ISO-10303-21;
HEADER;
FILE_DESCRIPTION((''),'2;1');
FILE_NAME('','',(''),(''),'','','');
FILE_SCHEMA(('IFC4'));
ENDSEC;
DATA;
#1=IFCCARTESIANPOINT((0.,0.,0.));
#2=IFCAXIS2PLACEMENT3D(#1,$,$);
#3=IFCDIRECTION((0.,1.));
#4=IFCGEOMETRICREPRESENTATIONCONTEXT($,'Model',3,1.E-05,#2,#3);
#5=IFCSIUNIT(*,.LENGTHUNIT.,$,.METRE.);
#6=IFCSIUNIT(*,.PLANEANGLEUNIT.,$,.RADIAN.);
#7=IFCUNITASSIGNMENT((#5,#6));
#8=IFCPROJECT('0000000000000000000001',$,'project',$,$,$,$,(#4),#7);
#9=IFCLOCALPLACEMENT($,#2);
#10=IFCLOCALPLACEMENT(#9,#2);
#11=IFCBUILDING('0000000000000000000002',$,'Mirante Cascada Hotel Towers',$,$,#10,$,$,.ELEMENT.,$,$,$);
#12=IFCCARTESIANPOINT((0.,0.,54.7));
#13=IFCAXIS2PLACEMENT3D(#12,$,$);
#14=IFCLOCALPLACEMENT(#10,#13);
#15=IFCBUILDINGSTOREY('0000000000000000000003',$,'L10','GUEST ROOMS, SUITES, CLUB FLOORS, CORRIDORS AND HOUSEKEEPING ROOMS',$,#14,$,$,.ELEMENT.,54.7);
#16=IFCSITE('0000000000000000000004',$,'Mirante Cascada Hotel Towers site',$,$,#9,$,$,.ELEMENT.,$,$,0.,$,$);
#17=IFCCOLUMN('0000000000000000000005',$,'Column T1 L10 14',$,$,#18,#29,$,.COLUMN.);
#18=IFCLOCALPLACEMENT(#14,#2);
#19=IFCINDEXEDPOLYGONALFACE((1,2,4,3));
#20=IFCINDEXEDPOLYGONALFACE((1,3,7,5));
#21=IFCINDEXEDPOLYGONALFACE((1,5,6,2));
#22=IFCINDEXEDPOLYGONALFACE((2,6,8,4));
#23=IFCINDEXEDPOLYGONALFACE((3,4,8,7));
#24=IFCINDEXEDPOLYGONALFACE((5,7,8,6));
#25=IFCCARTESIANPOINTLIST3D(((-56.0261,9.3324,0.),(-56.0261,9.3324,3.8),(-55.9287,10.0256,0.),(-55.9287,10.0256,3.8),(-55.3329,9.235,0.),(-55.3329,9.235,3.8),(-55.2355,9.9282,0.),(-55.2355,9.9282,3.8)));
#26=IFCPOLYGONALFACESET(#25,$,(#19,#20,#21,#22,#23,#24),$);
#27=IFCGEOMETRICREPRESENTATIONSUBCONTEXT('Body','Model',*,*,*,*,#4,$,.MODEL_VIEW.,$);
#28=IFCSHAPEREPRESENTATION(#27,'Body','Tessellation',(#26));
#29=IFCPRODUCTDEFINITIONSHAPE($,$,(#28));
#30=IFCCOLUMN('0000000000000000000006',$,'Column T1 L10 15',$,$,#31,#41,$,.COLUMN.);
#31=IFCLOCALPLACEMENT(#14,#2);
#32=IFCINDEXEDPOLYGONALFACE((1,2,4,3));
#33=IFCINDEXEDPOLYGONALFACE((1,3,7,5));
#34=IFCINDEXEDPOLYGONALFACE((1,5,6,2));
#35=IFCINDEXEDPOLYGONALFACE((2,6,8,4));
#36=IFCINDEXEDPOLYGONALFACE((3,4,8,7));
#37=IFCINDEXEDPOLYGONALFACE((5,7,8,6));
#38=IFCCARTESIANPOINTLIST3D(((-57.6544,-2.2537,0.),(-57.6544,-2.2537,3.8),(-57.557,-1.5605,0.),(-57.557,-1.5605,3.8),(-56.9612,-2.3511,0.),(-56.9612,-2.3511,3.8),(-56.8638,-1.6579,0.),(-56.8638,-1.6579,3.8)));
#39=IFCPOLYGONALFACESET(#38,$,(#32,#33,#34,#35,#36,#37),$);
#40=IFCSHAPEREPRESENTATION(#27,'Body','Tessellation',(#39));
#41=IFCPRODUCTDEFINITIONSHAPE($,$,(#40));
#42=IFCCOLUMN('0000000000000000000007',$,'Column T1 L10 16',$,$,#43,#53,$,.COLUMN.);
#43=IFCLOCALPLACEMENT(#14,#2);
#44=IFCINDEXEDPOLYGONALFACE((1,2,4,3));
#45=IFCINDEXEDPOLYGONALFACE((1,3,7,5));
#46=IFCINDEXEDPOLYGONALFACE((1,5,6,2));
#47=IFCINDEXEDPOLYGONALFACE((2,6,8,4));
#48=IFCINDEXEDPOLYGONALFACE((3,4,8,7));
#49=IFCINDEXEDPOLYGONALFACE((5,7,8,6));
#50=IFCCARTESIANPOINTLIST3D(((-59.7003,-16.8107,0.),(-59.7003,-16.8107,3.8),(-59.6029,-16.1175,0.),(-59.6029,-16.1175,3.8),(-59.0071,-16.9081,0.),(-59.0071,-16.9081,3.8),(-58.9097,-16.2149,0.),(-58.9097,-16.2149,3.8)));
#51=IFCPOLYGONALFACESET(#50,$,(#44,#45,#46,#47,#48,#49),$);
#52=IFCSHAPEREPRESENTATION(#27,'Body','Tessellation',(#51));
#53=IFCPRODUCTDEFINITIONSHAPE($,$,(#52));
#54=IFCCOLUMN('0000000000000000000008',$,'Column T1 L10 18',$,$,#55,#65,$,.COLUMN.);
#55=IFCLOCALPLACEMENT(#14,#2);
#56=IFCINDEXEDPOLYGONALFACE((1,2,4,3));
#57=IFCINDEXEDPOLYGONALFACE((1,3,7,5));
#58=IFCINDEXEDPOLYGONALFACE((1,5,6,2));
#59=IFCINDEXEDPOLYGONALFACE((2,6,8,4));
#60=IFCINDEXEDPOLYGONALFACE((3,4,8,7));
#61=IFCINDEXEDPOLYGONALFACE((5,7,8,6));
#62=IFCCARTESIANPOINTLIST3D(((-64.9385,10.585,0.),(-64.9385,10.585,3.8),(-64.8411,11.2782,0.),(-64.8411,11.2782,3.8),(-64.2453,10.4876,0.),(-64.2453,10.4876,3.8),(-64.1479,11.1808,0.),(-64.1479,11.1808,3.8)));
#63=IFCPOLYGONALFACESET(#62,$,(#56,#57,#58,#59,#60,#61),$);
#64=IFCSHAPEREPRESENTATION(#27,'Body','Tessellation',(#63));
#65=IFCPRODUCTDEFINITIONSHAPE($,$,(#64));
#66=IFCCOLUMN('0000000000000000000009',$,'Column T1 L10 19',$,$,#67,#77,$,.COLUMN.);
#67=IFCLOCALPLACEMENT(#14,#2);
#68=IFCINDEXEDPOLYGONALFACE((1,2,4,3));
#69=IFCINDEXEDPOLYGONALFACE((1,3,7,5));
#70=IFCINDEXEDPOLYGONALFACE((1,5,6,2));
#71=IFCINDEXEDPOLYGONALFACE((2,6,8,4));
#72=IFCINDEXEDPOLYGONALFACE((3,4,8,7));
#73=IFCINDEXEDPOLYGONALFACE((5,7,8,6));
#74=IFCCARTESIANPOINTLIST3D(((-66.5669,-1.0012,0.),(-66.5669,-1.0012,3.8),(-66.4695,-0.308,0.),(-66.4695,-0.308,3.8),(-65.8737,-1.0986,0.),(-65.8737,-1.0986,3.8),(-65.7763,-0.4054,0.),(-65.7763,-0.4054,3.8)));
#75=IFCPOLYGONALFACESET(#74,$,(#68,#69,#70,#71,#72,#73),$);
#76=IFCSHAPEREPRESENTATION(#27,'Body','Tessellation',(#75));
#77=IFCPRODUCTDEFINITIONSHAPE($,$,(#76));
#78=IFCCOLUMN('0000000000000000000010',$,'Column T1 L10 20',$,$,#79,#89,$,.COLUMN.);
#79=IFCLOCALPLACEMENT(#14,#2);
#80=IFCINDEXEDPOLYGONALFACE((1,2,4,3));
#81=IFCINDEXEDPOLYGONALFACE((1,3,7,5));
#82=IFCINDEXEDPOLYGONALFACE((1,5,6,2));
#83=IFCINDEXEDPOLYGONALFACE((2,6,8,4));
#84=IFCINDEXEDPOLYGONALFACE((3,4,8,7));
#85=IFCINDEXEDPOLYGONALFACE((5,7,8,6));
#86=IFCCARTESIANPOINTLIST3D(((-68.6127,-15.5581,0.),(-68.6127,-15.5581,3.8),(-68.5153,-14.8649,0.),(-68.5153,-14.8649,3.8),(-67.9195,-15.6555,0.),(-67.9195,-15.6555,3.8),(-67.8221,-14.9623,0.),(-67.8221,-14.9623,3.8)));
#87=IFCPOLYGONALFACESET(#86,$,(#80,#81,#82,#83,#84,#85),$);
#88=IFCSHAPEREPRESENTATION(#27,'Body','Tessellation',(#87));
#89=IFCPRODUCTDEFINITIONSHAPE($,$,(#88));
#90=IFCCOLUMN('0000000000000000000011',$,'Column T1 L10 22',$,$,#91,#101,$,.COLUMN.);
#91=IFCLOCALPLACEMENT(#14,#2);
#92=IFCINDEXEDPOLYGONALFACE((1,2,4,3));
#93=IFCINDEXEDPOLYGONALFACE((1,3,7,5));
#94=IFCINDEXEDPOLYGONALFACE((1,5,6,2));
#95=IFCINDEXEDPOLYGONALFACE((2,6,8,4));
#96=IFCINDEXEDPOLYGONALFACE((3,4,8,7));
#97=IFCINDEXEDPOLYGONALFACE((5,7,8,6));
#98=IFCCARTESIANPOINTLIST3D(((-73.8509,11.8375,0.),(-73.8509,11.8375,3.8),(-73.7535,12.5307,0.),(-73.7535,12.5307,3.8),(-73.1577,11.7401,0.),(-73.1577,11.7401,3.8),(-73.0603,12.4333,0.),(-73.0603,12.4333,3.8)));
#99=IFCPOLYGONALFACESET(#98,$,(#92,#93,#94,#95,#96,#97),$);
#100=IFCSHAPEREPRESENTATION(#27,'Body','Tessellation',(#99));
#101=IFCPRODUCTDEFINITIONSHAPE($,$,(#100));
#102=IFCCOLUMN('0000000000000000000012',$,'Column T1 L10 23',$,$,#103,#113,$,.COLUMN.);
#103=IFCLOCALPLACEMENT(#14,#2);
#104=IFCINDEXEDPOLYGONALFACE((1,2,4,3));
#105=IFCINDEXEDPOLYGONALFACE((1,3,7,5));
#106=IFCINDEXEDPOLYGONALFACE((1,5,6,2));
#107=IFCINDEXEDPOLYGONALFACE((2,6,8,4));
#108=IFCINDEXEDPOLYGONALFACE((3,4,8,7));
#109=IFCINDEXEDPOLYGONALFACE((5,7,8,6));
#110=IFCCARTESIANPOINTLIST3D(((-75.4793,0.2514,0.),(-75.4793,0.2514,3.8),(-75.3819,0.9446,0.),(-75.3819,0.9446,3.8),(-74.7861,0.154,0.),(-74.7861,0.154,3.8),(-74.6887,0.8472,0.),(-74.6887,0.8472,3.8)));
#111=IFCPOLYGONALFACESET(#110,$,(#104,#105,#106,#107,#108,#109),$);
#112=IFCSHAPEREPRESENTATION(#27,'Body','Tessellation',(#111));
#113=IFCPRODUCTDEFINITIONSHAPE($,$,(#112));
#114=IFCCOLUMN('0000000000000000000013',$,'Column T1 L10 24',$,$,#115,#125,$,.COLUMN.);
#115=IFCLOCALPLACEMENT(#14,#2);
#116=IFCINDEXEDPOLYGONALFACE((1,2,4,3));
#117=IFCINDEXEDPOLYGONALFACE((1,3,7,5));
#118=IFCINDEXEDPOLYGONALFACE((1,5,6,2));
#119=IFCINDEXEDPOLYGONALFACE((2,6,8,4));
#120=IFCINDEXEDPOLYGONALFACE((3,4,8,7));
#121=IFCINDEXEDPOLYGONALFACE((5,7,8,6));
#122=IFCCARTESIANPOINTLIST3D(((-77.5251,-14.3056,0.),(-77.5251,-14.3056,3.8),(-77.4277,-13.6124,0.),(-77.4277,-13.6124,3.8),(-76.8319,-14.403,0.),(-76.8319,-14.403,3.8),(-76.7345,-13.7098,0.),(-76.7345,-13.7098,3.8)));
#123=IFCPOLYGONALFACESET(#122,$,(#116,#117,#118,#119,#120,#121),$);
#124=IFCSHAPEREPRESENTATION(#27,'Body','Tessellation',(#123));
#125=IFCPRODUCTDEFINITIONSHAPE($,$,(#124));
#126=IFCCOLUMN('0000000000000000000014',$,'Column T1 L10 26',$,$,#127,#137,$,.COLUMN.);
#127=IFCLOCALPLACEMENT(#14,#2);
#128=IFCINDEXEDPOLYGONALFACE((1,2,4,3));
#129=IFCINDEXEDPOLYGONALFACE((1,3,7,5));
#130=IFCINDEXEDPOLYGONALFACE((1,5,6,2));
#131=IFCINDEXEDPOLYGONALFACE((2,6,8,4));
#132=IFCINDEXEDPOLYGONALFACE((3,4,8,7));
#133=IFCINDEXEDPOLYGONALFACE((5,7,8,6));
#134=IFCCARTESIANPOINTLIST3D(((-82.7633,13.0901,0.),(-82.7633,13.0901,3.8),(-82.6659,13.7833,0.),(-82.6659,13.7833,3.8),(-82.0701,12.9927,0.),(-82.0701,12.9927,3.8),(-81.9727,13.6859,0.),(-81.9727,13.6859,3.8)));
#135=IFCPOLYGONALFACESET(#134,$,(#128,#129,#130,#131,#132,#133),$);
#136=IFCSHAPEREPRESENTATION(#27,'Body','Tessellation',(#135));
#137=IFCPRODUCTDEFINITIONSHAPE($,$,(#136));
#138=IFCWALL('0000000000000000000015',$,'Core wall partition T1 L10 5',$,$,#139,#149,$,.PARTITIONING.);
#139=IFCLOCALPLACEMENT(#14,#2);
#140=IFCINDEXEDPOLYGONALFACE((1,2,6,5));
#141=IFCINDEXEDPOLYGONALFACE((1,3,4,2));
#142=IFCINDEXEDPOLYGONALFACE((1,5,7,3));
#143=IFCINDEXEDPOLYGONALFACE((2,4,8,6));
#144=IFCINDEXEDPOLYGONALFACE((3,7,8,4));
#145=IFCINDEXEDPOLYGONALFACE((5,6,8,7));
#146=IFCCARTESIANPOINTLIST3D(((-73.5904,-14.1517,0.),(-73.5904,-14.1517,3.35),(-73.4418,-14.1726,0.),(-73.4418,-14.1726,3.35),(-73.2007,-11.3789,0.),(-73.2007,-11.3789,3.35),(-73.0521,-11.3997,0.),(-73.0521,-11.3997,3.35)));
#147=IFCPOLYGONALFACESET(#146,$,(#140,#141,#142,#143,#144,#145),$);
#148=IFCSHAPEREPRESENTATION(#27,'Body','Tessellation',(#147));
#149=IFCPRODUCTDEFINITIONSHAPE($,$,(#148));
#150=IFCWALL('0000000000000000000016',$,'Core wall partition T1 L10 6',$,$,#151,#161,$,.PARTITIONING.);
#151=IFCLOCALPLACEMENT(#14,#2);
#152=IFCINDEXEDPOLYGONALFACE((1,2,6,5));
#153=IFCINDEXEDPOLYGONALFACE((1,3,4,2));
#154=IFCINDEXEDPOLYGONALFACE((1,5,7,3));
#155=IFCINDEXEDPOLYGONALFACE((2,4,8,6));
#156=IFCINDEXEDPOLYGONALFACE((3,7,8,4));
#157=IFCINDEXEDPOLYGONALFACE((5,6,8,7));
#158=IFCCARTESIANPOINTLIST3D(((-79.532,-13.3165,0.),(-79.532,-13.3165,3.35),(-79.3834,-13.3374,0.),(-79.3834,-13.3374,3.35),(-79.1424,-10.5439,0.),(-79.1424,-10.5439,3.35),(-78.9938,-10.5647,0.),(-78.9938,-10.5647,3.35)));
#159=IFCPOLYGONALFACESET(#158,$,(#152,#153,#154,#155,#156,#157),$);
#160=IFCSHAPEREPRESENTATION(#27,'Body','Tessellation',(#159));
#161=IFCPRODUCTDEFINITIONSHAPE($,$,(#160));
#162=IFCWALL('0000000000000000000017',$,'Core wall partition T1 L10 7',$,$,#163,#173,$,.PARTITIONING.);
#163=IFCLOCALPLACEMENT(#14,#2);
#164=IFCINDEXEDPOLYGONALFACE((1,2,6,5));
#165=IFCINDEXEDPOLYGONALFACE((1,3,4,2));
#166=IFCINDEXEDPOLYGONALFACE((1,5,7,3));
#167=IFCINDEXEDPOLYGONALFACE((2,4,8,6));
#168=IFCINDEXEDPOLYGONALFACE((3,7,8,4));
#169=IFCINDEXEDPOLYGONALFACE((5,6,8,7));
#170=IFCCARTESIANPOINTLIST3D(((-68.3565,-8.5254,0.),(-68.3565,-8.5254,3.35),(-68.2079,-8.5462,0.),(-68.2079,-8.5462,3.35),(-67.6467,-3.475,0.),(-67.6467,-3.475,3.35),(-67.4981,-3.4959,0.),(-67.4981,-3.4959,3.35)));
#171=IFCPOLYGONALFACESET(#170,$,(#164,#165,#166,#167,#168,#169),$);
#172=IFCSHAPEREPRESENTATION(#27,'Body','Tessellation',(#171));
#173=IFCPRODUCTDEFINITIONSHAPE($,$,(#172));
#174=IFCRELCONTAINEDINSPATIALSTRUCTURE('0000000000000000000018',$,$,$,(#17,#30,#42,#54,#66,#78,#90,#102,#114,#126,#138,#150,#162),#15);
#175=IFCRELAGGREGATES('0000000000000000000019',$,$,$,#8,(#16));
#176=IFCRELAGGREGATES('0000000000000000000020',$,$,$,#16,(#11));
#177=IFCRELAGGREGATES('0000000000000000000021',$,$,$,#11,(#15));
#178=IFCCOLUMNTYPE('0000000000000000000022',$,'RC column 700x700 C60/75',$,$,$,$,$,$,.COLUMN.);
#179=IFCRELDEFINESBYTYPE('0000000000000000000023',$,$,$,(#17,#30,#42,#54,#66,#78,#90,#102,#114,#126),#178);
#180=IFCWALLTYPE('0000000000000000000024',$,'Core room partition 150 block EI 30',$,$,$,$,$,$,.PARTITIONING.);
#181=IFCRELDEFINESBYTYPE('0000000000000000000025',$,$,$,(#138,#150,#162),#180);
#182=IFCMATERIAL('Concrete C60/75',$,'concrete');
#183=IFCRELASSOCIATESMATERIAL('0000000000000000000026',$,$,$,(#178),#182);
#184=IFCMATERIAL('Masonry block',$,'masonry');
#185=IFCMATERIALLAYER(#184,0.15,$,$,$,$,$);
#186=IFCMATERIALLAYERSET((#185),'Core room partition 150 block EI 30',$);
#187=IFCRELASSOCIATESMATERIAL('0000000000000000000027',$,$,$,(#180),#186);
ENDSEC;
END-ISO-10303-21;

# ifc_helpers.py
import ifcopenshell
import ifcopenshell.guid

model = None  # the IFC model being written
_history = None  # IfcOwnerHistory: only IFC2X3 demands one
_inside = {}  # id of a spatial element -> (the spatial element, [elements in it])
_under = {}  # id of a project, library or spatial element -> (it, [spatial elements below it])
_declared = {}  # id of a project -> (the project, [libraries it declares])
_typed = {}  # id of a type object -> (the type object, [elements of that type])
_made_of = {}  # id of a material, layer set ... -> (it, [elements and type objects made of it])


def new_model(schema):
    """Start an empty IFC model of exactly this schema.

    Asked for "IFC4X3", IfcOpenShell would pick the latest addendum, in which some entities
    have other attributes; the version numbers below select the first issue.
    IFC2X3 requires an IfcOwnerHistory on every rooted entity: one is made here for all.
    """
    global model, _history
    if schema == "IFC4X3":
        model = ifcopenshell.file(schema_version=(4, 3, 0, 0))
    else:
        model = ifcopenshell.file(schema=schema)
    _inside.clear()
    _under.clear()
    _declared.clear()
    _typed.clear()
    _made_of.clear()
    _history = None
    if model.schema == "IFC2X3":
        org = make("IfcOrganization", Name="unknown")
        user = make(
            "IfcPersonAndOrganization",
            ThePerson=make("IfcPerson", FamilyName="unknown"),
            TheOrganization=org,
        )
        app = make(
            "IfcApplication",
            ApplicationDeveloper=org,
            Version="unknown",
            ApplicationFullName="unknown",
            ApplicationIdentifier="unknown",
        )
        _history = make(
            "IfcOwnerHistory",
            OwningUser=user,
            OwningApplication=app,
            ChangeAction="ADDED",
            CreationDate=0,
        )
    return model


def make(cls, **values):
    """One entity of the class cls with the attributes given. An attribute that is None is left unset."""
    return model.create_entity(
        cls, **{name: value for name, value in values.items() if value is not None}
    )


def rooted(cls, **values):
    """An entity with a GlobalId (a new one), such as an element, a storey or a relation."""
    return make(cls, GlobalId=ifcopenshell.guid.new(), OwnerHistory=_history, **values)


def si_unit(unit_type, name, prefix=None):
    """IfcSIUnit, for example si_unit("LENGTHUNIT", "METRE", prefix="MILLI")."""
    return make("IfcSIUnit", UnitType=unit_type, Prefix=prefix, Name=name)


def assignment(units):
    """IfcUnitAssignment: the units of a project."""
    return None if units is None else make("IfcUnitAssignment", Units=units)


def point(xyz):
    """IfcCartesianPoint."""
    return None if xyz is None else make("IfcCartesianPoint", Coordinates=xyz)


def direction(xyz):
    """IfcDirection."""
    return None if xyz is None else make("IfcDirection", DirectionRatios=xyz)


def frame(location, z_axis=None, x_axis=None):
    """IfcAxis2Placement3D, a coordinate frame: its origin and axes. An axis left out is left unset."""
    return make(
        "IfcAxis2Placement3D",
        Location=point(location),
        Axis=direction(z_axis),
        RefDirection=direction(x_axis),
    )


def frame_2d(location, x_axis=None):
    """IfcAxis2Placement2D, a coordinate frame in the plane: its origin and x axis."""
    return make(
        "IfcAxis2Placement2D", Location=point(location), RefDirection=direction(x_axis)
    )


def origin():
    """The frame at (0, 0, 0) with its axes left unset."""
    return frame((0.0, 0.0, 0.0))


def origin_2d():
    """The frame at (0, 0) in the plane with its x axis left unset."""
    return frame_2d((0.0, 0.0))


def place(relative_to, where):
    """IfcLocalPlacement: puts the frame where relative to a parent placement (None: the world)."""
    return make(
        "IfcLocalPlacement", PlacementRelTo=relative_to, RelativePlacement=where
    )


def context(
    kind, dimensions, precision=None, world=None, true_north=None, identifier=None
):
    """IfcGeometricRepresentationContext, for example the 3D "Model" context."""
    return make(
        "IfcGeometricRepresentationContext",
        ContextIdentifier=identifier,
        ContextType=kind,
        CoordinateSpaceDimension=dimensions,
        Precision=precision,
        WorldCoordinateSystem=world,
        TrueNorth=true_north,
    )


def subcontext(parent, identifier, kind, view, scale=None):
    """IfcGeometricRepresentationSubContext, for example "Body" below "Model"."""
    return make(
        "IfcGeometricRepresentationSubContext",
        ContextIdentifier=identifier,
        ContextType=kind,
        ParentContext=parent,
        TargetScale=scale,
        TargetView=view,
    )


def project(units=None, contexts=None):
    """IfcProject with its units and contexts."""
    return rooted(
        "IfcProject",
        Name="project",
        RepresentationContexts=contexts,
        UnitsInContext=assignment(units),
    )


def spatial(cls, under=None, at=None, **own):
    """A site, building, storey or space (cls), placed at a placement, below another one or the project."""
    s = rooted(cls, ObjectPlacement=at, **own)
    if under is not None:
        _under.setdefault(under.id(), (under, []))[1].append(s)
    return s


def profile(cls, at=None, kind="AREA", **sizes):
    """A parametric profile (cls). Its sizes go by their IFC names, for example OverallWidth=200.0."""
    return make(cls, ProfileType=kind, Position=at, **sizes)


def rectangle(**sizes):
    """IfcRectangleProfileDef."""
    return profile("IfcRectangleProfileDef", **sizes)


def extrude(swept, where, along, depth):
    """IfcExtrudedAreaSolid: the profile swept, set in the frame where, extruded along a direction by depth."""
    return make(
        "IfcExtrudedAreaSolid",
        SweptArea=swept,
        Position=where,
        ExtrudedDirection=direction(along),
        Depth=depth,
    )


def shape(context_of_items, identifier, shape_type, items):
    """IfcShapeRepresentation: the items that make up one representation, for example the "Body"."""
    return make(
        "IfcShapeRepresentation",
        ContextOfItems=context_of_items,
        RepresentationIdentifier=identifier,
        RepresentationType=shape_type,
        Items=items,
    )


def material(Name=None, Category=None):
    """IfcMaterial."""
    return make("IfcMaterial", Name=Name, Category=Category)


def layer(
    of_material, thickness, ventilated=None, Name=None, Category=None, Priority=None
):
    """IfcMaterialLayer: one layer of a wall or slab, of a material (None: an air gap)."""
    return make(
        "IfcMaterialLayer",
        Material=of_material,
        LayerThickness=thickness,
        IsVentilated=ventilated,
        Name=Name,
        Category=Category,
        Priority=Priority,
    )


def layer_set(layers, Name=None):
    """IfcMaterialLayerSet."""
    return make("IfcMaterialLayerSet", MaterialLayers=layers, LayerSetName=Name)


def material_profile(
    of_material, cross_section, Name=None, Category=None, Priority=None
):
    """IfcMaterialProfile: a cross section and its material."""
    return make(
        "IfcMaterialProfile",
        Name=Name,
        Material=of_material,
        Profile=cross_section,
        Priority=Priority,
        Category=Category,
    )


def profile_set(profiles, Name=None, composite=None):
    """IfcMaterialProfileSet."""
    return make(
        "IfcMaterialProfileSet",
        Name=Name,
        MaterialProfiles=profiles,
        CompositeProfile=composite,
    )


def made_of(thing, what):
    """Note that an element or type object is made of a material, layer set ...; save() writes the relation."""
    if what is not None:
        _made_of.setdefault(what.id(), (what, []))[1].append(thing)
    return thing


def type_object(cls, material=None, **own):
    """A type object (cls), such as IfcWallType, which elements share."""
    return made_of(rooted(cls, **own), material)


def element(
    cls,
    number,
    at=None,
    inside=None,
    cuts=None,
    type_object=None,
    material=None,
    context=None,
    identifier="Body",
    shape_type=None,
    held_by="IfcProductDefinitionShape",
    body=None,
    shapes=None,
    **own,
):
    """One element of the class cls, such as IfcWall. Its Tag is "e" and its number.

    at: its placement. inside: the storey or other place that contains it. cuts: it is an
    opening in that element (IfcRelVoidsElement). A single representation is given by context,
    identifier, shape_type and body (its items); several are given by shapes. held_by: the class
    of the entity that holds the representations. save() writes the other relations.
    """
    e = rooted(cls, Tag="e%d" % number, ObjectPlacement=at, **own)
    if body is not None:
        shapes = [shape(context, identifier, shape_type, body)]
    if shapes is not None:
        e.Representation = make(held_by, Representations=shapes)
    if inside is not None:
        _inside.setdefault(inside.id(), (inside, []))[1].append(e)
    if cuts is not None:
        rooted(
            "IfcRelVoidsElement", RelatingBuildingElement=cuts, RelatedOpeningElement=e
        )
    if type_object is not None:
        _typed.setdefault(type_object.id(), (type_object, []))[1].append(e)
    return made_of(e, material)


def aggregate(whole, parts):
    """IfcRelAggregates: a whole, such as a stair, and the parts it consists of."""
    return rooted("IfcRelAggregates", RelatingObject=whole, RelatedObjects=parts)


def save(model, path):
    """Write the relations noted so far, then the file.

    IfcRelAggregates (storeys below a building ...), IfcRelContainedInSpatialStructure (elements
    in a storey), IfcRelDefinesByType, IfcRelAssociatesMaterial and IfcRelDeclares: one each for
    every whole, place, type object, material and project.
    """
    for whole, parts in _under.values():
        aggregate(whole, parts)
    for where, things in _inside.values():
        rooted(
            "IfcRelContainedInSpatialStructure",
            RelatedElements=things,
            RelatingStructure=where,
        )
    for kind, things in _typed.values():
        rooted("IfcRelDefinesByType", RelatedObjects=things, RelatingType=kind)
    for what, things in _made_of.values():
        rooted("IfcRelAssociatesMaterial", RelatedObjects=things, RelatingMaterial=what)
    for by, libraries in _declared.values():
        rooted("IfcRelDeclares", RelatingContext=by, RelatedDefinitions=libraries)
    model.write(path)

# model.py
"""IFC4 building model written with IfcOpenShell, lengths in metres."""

from ifc_helpers import new_model, si_unit, direction, frame, frame_2d, origin, origin_2d, place, context, subcontext, project, spatial, rectangle, extrude, material, layer, layer_set, material_profile, profile_set, type_object, element, save


model = new_model("IFC4")

# Units and contexts
model_context = context("Model", 3, precision=1e-05, world=origin(), true_north=direction((0.0, 1.0)))
body_context = subcontext(model_context, "Body", "Model", "MODEL_VIEW")
ifc_project = project(units=[si_unit("LENGTHUNIT", "METRE"), si_unit("PLANEANGLEUNIT", "RADIAN")], contexts=[model_context])

# Site, building, storey
site_placement = place(None, origin())
site = spatial("IfcSite", under=ifc_project, at=site_placement, Name="Mirante Cascada Hotel Towers site", CompositionType="ELEMENT", RefElevation=0.0)
building_placement = place(site_placement, origin())
building = spatial("IfcBuilding", under=site, at=building_placement, Name="Mirante Cascada Hotel Towers", CompositionType="ELEMENT")
storey_placement = place(building_placement, frame((0.0, 0.0, 54.7)))
storey = spatial("IfcBuildingStorey", under=building, at=storey_placement, Name="L10", Description="GUEST ROOMS, SUITES, CLUB FLOORS, CORRIDORS AND HOUSEKEEPING ROOMS", CompositionType="ELEMENT", Elevation=54.7)

# Columns
ifc_material_1 = material(Name="Concrete C60/75", Category="concrete")
ifc_material_profile = material_profile(ifc_material_1, rectangle(XDim=0.7, YDim=0.7, at=origin_2d()), Name="RC column 700x700 C60/75")
ifc_profile_set = profile_set([ifc_material_profile], Name="Concrete C60/75")
column_type = type_object("IfcColumnType", Name="RC column 700x700 C60/75", PredefinedType="COLUMN", material=ifc_profile_set)
for number, where, z_axis, x_axis, name in (
    (1, (-55.6308, 9.6303, 0.0), (0.0, 0.0, 1.0), (-0.990268, 0.139173, 0.0), "Column T1 L10 14"),
    (2, (-57.2591, -1.9558, 0.0), (0.0, 0.0, 1.0), (-0.990268, 0.139173, 0.0), "Column T1 L10 15"),
    (3, (-59.305, -16.5128, 0.0), (0.0, 0.0, 1.0), (-0.990268, 0.139173, 0.0), "Column T1 L10 16"),
    (4, (-64.5432, 10.8829, 0.0), (0.0, 0.0, 1.0), (-0.990268, 0.139173, 0.0), "Column T1 L10 18"),
    (5, (-66.1716, -0.7033, 0.0), (0.0, 0.0, 1.0), (-0.990268, 0.139173, 0.0), "Column T1 L10 19"),
    (6, (-68.2174, -15.2602, 0.0), (0.0, 0.0, 1.0), (-0.990268, 0.139173, 0.0), "Column T1 L10 20"),
    (7, (-73.4556, 12.1354, 0.0), (0.0, 0.0, 1.0), (-0.990268, 0.139173, 0.0), "Column T1 L10 22"),
    (8, (-75.084, 0.5493, 0.0), (0.0, 0.0, 1.0), (-0.990268, 0.139173, 0.0), "Column T1 L10 23"),
    (9, (-77.1298, -14.0077, 0.0), (0.0, 0.0, 1.0), (-0.990268, 0.139173, 0.0), "Column T1 L10 24"),
    (10, (-82.368, 13.388, 0.0), (0.0, 0.0, 1.0), (-0.990268, 0.139173, 0.0), "Column T1 L10 26"),
):
    element("IfcColumn", number, at=place(storey_placement, frame(where, z_axis=z_axis, x_axis=x_axis)), inside=storey, type_object=column_type, Name=name, PredefinedType="COLUMN", context=body_context, shape_type="SweptSolid", body=[
        extrude(rectangle(XDim=0.7, YDim=0.7, at=origin_2d()), origin(), (0.0, 0.0, 1.0), 3.8),
    ])

# Walls
ifc_material_2 = material(Name="Masonry block", Category="masonry")
ifc_layer_1 = layer(ifc_material_2, 0.15)
ifc_layer_set_1 = layer_set([ifc_layer_1], Name="Core room partition 150 block EI 30")
wall_type_1 = type_object("IfcWallType", Name="Core room partition 150 block EI 30", PredefinedType="PARTITIONING", material=ifc_layer_set_1)
wall_1_placement = place(storey_placement, frame((-73.5161, -14.1621, 0.0), z_axis=(0.0, 0.0, 1.0), x_axis=(0.139176, 0.990268, 0.0)))
element("IfcWall", 11, at=wall_1_placement, inside=storey, type_object=wall_type_1, Name="Core wall partition T1 L10 5", PredefinedType="PARTITIONING", context=body_context, shape_type="SweptSolid", body=[
    extrude(rectangle(XDim=2.8001, YDim=0.15, at=frame_2d((1.4, 0.0))), origin(), (0.0, 0.0, 1.0), 3.35),
])
wall_2_placement = place(storey_placement, frame((-79.4577, -13.327, 0.0), z_axis=(0.0, 0.0, 1.0), x_axis=(0.139146, 0.990272, 0.0)))
element("IfcWall", 12, at=wall_2_placement, inside=storey, type_object=wall_type_1, Name="Core wall partition T1 L10 6", PredefinedType="PARTITIONING", context=body_context, shape_type="SweptSolid", body=[
    extrude(rectangle(XDim=2.7999, YDim=0.15, at=frame_2d((1.4, 0.0))), origin(), (0.0, 0.0, 1.0), 3.35),
])
wall_3_placement = place(storey_placement, frame((-68.2822, -8.5358, 0.0), z_axis=(0.0, 0.0, 1.0), x_axis=(0.139176, 0.990268, 0.0)))
element("IfcWall", 13, at=wall_3_placement, inside=storey, type_object=wall_type_1, Name="Core wall partition T1 L10 7", PredefinedType="PARTITIONING", context=body_context, shape_type="SweptSolid", body=[
    extrude(rectangle(XDim=5.1, YDim=0.15, at=frame_2d((2.55, 0.0))), origin(), (0.0, 0.0, 1.0), 3.35),
])

save(model, "model.ifc")
